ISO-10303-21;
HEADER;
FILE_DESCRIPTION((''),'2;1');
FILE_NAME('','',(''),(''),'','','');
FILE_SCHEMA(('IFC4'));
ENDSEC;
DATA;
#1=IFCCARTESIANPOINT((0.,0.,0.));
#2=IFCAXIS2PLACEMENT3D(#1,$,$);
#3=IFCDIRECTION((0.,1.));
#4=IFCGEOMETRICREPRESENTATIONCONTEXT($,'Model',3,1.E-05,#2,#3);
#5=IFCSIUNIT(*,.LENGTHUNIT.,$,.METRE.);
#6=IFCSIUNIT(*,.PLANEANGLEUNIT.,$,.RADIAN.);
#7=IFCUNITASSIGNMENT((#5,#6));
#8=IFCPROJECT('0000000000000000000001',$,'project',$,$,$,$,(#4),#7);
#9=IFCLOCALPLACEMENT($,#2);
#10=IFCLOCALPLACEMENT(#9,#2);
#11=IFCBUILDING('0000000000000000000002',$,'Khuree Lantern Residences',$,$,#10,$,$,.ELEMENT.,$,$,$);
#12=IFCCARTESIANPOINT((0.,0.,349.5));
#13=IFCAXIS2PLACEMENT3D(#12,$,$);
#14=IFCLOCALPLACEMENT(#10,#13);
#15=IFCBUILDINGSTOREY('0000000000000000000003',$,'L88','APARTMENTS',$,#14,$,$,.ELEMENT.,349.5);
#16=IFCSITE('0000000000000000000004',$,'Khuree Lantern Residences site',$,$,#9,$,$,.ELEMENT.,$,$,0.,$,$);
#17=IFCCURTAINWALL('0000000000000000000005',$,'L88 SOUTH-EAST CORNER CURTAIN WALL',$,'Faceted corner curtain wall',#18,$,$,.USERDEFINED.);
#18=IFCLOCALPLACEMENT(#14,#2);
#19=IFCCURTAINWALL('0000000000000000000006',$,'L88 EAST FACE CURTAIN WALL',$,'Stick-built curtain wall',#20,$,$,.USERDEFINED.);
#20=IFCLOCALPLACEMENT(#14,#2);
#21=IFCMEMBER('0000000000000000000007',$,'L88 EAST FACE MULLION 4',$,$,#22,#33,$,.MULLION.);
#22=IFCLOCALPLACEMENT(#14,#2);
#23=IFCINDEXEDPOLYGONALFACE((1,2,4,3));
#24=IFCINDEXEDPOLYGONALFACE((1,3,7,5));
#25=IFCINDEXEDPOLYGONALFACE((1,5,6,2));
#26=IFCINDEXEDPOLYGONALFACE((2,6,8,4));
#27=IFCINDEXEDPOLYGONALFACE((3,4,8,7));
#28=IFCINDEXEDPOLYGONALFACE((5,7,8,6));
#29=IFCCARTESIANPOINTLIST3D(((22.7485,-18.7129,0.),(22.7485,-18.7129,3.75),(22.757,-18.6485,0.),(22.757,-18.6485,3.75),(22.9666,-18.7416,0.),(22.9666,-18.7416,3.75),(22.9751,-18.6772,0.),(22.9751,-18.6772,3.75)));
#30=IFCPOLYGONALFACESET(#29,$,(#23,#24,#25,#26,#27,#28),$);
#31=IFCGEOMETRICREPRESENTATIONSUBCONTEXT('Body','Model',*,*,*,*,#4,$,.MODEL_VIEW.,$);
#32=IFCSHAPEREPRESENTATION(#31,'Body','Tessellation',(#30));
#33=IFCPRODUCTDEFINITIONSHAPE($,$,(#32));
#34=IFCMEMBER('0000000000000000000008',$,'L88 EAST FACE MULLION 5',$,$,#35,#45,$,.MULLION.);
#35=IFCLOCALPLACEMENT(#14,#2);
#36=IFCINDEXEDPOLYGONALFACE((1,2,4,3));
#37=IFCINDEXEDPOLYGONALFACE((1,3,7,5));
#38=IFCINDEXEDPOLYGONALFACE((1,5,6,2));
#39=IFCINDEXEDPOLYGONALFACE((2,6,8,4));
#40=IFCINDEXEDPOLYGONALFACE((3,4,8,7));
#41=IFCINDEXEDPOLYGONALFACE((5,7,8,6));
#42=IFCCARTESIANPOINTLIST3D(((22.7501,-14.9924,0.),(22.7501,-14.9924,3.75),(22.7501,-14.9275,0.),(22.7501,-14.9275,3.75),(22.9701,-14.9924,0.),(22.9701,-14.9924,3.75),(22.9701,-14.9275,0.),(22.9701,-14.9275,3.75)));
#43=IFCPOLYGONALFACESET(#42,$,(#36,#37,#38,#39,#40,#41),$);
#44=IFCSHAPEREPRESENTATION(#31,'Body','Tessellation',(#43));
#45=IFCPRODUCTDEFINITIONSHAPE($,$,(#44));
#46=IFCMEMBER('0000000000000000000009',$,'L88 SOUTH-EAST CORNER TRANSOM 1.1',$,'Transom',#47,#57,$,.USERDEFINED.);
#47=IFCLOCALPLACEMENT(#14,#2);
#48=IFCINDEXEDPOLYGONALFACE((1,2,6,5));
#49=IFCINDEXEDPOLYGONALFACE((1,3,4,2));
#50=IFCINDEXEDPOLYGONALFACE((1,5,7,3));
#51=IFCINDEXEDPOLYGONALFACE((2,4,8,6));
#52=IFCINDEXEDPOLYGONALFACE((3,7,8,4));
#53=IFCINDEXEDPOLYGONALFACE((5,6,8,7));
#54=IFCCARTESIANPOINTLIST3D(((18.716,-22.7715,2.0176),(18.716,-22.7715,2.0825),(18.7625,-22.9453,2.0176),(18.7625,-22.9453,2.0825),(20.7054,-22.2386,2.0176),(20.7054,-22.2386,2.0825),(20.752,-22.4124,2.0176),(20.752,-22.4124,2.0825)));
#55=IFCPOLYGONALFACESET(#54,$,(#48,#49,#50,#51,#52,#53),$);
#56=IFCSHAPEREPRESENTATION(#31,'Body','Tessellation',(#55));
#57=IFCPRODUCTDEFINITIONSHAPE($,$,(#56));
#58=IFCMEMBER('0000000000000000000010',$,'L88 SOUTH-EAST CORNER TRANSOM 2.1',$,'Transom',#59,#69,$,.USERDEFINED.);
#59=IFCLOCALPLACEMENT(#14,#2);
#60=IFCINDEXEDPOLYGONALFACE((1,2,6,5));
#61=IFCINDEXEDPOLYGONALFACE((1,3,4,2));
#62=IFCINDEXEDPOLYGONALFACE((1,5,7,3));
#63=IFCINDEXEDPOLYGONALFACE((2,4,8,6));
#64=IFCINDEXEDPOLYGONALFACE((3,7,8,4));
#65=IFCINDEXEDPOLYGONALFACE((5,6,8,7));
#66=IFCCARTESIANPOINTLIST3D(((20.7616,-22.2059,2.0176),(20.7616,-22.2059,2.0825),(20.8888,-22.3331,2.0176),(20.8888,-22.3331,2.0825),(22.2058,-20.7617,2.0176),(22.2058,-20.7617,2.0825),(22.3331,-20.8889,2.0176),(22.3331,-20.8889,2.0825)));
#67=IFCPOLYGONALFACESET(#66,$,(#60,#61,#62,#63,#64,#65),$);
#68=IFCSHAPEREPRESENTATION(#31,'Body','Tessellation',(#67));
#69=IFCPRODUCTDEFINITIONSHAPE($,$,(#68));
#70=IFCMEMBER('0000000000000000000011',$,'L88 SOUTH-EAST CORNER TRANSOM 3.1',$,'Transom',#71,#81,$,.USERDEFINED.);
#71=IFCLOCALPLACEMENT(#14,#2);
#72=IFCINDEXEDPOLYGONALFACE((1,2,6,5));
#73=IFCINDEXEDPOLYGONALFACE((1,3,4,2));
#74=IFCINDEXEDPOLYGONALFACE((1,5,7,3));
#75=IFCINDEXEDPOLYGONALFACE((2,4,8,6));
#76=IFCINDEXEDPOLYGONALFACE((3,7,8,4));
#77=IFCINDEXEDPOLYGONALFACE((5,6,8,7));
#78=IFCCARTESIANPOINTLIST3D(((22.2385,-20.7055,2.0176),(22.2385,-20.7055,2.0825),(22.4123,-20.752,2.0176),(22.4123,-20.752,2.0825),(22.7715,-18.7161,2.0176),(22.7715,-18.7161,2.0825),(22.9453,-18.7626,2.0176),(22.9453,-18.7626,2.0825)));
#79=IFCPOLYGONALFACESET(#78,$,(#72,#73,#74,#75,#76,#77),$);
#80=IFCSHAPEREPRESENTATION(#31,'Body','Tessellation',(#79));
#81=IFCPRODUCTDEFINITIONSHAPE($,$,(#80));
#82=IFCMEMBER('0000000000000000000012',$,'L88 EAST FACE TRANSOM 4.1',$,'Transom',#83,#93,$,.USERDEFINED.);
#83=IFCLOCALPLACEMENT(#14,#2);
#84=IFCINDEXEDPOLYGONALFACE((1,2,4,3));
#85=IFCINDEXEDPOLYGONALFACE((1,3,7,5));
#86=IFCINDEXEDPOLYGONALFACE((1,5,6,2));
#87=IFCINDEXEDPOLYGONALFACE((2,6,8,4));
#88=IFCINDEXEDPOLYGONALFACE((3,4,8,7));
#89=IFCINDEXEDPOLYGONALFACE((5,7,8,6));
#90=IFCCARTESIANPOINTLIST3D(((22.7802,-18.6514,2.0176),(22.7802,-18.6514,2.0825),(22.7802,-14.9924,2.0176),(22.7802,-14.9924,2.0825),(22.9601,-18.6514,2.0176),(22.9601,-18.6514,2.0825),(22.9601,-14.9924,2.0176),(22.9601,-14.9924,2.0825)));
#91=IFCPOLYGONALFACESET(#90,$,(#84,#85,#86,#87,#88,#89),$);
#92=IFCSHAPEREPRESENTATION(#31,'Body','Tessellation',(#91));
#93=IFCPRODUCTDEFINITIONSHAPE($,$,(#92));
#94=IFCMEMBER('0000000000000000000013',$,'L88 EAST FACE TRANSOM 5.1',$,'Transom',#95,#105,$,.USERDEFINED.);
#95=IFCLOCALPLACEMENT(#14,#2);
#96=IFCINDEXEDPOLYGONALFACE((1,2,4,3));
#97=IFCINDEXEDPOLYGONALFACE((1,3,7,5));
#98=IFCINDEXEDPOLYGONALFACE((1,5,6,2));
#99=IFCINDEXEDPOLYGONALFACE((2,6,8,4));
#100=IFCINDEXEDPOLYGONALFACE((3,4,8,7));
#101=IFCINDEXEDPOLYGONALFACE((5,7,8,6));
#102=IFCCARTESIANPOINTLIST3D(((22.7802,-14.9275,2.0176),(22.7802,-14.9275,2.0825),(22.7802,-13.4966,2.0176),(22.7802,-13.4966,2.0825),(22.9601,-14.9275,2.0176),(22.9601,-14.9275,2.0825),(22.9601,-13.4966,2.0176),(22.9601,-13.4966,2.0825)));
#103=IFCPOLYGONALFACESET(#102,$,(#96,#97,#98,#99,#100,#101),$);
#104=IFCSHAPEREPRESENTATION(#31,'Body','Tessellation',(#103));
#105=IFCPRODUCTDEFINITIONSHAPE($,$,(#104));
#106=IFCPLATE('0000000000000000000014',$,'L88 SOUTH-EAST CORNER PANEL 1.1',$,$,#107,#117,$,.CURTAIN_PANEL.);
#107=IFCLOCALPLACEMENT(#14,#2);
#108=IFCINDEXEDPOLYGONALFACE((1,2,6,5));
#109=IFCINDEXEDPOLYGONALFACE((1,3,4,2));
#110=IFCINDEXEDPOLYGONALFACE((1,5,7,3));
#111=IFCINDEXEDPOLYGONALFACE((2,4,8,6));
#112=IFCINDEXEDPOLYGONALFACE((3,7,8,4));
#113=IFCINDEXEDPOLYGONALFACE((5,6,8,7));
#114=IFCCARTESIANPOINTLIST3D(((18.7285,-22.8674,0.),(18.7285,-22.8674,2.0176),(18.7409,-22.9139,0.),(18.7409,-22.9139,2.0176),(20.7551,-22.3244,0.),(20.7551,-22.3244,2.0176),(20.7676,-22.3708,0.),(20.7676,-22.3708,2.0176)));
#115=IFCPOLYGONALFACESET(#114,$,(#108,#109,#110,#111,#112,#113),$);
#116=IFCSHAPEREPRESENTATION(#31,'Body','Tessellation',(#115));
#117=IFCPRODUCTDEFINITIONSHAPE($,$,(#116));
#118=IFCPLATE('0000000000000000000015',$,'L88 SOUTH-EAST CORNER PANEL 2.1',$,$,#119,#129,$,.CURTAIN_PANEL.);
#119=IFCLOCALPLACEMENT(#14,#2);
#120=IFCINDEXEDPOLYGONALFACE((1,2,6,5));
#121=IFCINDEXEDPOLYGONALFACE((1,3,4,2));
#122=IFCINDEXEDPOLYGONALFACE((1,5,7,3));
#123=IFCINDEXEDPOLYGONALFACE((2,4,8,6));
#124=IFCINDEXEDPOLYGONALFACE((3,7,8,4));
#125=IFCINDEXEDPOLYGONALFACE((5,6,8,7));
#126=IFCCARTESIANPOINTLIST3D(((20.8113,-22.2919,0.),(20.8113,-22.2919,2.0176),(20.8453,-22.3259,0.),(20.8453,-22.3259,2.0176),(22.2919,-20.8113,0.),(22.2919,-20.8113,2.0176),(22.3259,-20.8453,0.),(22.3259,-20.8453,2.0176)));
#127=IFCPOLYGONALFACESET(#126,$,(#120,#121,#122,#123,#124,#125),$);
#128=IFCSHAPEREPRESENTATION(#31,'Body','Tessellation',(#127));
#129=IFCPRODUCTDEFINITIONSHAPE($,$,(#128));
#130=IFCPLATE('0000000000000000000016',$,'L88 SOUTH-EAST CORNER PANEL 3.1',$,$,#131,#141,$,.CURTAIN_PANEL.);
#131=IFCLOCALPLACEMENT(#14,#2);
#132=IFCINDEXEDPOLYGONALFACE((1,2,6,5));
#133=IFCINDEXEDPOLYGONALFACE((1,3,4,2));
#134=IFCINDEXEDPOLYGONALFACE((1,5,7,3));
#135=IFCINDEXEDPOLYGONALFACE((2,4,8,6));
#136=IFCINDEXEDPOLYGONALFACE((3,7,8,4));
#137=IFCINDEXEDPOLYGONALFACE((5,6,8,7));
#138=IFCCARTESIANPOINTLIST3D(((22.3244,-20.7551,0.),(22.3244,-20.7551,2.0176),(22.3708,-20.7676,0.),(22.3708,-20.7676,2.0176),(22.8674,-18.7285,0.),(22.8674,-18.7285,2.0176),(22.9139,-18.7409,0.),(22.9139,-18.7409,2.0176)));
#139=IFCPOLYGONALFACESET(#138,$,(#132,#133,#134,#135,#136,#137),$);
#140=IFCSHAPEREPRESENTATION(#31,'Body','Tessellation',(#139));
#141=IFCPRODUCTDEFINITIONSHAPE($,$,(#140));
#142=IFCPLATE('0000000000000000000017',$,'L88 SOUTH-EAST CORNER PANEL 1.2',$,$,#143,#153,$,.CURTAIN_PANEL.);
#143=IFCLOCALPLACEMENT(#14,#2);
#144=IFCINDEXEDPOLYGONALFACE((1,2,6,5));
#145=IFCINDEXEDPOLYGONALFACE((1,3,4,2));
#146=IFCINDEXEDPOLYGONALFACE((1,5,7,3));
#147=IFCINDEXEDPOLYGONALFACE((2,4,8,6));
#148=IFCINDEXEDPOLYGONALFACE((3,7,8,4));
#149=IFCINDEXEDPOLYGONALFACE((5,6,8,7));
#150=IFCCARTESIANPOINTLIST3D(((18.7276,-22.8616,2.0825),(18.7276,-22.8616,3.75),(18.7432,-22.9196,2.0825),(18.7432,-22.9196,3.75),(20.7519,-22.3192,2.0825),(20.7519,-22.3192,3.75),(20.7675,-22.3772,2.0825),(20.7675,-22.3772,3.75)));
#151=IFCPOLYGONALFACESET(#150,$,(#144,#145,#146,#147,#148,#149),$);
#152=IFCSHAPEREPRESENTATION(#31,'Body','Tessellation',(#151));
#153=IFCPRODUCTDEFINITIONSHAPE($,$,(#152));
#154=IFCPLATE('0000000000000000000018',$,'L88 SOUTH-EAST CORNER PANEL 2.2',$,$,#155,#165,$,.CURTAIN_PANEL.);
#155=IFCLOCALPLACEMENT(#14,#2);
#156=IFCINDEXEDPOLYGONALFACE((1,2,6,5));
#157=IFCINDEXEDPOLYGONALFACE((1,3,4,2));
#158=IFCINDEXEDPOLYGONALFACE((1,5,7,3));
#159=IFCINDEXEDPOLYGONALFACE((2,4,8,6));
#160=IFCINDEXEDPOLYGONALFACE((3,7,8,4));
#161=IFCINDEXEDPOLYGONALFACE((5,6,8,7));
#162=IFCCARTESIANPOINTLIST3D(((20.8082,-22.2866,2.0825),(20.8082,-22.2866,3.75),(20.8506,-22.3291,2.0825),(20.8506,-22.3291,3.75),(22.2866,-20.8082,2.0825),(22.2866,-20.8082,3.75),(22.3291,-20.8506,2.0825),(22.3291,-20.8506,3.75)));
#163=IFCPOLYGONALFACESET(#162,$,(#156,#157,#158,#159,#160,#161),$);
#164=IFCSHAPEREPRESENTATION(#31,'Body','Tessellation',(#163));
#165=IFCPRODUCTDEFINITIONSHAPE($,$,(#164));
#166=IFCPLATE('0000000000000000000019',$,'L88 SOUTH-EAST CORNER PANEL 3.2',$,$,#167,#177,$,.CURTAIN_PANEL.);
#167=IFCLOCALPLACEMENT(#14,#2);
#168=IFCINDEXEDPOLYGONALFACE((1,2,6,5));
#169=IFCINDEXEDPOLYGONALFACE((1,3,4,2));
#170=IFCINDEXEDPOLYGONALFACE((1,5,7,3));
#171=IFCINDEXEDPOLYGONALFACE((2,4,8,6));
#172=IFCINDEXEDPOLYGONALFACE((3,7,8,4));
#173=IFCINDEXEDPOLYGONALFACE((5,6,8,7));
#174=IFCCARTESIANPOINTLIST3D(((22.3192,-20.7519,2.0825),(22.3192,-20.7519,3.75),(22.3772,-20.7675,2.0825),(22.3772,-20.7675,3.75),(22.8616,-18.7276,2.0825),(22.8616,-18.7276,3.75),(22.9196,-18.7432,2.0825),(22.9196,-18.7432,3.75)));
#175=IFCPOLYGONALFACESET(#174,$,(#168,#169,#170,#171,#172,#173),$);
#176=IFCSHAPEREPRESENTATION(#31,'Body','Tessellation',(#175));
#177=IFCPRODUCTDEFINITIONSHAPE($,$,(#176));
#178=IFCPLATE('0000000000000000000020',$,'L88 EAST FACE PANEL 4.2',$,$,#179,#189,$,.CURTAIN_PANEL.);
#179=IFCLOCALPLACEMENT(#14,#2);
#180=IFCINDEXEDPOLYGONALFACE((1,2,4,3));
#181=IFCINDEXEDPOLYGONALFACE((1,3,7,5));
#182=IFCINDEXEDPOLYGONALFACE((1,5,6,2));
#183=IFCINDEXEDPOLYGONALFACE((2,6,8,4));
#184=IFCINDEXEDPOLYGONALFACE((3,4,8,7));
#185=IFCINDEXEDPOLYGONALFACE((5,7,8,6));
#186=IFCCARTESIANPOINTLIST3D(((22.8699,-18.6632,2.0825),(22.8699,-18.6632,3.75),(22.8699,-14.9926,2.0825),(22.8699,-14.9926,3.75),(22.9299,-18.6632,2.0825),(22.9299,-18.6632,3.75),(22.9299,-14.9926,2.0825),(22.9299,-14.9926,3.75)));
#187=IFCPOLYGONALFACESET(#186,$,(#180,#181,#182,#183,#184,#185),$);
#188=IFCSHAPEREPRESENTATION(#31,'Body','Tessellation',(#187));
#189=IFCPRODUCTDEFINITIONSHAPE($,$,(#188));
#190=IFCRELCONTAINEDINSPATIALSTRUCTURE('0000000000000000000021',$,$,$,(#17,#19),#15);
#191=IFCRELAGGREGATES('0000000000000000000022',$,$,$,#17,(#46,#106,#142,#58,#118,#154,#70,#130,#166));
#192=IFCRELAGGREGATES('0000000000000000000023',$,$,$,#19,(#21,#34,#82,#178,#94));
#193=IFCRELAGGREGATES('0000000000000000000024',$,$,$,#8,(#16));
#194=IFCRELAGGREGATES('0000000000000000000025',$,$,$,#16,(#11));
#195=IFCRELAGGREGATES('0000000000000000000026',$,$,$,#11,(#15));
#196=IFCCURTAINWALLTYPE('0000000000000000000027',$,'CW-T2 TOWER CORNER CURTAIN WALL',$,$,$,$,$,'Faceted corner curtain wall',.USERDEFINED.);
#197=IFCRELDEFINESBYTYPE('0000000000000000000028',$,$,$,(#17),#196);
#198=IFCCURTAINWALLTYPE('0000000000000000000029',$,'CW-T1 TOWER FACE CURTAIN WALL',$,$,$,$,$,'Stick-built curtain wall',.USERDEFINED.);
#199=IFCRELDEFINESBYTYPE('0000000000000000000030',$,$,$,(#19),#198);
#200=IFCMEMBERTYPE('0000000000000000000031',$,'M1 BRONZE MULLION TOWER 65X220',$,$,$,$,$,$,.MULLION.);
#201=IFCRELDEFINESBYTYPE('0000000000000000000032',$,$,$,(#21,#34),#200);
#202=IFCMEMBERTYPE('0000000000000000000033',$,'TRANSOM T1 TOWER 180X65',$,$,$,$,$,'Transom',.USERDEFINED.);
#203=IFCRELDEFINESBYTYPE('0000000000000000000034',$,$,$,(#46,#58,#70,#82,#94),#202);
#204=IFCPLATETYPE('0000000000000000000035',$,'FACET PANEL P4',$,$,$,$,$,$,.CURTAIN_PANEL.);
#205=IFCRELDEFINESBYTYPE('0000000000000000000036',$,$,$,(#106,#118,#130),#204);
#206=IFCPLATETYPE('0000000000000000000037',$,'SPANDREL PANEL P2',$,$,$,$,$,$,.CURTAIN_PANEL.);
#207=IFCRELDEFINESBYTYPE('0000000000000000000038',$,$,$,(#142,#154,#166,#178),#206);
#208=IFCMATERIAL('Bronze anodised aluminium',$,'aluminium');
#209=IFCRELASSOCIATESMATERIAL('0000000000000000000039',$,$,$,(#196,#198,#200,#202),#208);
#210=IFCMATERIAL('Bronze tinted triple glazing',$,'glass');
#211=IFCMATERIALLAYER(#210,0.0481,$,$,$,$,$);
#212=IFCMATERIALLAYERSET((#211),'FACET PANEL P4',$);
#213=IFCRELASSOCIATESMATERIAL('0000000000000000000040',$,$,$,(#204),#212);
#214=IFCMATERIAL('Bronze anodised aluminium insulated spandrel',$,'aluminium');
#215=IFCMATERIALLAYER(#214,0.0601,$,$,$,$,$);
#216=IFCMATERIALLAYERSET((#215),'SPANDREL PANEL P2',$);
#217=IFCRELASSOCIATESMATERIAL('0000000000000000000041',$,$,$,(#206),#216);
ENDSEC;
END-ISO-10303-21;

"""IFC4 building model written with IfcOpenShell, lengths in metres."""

from ifc_helpers import new_model, si_unit, direction, frame, origin, origin_2d, place, context, subcontext, project, spatial, rectangle, extrude, material, layer, layer_set, material_profile, profile_set, type_object, element, aggregate, save


model = new_model("IFC4")

# Units and contexts
model_context = context("Model", 3, precision=1e-05, world=origin(), true_north=direction((0.0, 1.0)))
body_context = subcontext(model_context, "Body", "Model", "MODEL_VIEW")
ifc_project = project(units=[si_unit("LENGTHUNIT", "METRE"), si_unit("PLANEANGLEUNIT", "RADIAN")], contexts=[model_context])

# Site, building, storey
site_placement = place(None, origin())
site = spatial("IfcSite", under=ifc_project, at=site_placement, Name="Khuree Lantern Residences site", CompositionType="ELEMENT", RefElevation=0.0)
building_placement = place(site_placement, origin())
building = spatial("IfcBuilding", under=site, at=building_placement, Name="Khuree Lantern Residences", CompositionType="ELEMENT")
storey_placement = place(building_placement, frame((0.0, 0.0, 349.5)))
storey = spatial("IfcBuildingStorey", under=building, at=storey_placement, Name="L88", Description="APARTMENTS", CompositionType="ELEMENT", Elevation=349.5)

# Curtain wall
ifc_material_1 = material(Name="Bronze anodised aluminium", Category="aluminium")
curtain_wall_type_1 = type_object("IfcCurtainWallType", Name="CW-T2 TOWER CORNER CURTAIN WALL", ElementType="Faceted corner curtain wall", PredefinedType="USERDEFINED", material=ifc_material_1)
curtain_wall_1_placement = place(storey_placement, origin())
curtain_wall_1 = element("IfcCurtainWall", 1, at=curtain_wall_1_placement, inside=storey, type_object=curtain_wall_type_1, Name="L88 SOUTH-EAST CORNER CURTAIN WALL", ObjectType="Faceted corner curtain wall", PredefinedType="USERDEFINED")

# Shared definitions
ifc_material_profile_1 = material_profile(ifc_material_1, rectangle(XDim=0.0649, YDim=0.22, at=origin_2d()), Name="M1 65X220")
ifc_profile_set_1 = profile_set([ifc_material_profile_1], Name="Bronze anodised aluminium")
member_type_1 = type_object("IfcMemberType", Name="M1 BRONZE MULLION TOWER 65X220", PredefinedType="MULLION", material=ifc_profile_set_1)

# Curtain wall, members
curtain_wall_type_2 = type_object("IfcCurtainWallType", Name="CW-T1 TOWER FACE CURTAIN WALL", ElementType="Stick-built curtain wall", PredefinedType="USERDEFINED", material=ifc_material_1)
curtain_wall_2_placement = place(storey_placement, origin())
curtain_wall_2 = element("IfcCurtainWall", 2, at=curtain_wall_2_placement, inside=storey, type_object=curtain_wall_type_2, Name="L88 EAST FACE CURTAIN WALL", ObjectType="Stick-built curtain wall", PredefinedType="USERDEFINED")
member_1_placement = place(storey_placement, frame((22.8618, -18.6951, 0.0), z_axis=(0.0, 0.0, 1.0), x_axis=(0.130526, 0.991445, 0.0)))
member_1 = element("IfcMember", 3, at=member_1_placement, type_object=member_type_1, Name="L88 EAST FACE MULLION 4", PredefinedType="MULLION", context=body_context, shape_type="SweptSolid", body=[
    extrude(rectangle(XDim=0.0649, YDim=0.22, at=origin_2d()), origin(), (0.0, 0.0, 1.0), 3.75),
])
member_2_placement = place(storey_placement, frame((22.8601, -14.96, 0.0), z_axis=(0.0, 0.0, 1.0), x_axis=(0.0, 1.0, 0.0)))
member_2 = element("IfcMember", 4, at=member_2_placement, type_object=member_type_1, Name="L88 EAST FACE MULLION 5", PredefinedType="MULLION", context=body_context, shape_type="SweptSolid", body=[
    extrude(rectangle(XDim=0.0649, YDim=0.22, at=origin_2d()), origin(), (0.0, 0.0, 1.0), 3.75),
])

# Members
ifc_material_profile_2 = material_profile(ifc_material_1, rectangle(XDim=0.1799, YDim=0.0649, at=origin_2d()), Name="T1 180X65")
ifc_profile_set_2 = profile_set([ifc_material_profile_2], Name="Bronze anodised aluminium")
member_type_2 = type_object("IfcMemberType", Name="TRANSOM T1 TOWER 180X65", ElementType="Transom", PredefinedType="USERDEFINED", material=ifc_profile_set_2)
member_3_placement = place(storey_placement, frame((18.7393, -22.8584, 2.05), z_axis=(0.965941, 0.258762, 0.0), x_axis=(-0.258762, 0.965941, 0.0)))
member_3 = element("IfcMember", 5, at=member_3_placement, type_object=member_type_2, Name="L88 SOUTH-EAST CORNER TRANSOM 1.1", ObjectType="Transom", PredefinedType="USERDEFINED", context=body_context, shape_type="SweptSolid", body=[
    extrude(rectangle(XDim=0.1799, YDim=0.0649, at=origin_2d()), origin(), (0.0, 0.0, 1.0), 2.0596),
])
member_4_placement = place(storey_placement, frame((20.8252, -22.2695, 2.05), z_axis=(0.707107, 0.707107, 0.0), x_axis=(-0.707107, 0.707107, 0.0)))
member_4 = element("IfcMember", 6, at=member_4_placement, type_object=member_type_2, Name="L88 SOUTH-EAST CORNER TRANSOM 2.1", ObjectType="Transom", PredefinedType="USERDEFINED", context=body_context, shape_type="SweptSolid", body=[
    extrude(rectangle(XDim=0.1799, YDim=0.0649, at=origin_2d()), origin(), (0.0, 0.0, 1.0), 2.0425),
])
member_5_placement = place(storey_placement, frame((22.3254, -20.7288, 2.05), z_axis=(0.258762, 0.965941, 0.0), x_axis=(-0.965941, 0.258762, 0.0)))
member_5 = element("IfcMember", 7, at=member_5_placement, type_object=member_type_2, Name="L88 SOUTH-EAST CORNER TRANSOM 3.1", ObjectType="Transom", PredefinedType="USERDEFINED", context=body_context, shape_type="SweptSolid", body=[
    extrude(rectangle(XDim=0.1799, YDim=0.0649, at=origin_2d()), origin(), (0.0, 0.0, 1.0), 2.0596),
])
member_6_placement = place(storey_placement, frame((22.8701, -18.6514, 2.05), z_axis=(0.0, 1.0, 0.0), x_axis=(-1.0, 0.0, 0.0)))
member_6 = element("IfcMember", 8, at=member_6_placement, type_object=member_type_2, Name="L88 EAST FACE TRANSOM 4.1", ObjectType="Transom", PredefinedType="USERDEFINED", context=body_context, shape_type="SweptSolid", body=[
    extrude(rectangle(XDim=0.1799, YDim=0.0649, at=origin_2d()), origin(), (0.0, 0.0, 1.0), 3.6589),
])
member_7_placement = place(storey_placement, frame((22.8701, -14.9275, 2.05), z_axis=(0.0, 1.0, 0.0), x_axis=(-1.0, 0.0, 0.0)))
member_7 = element("IfcMember", 9, at=member_7_placement, type_object=member_type_2, Name="L88 EAST FACE TRANSOM 5.1", ObjectType="Transom", PredefinedType="USERDEFINED", context=body_context, shape_type="SweptSolid", body=[
    extrude(rectangle(XDim=0.1799, YDim=0.0649, at=origin_2d()), origin(), (0.0, 0.0, 1.0), 1.4309),
])

# Plates
ifc_material_2 = material(Name="Bronze tinted triple glazing", Category="glass")
ifc_layer_1 = layer(ifc_material_2, 0.0481)
ifc_layer_set_1 = layer_set([ifc_layer_1], Name="FACET PANEL P4")
plate_type_1 = type_object("IfcPlateType", Name="FACET PANEL P4", PredefinedType="CURTAIN_PANEL", material=ifc_layer_set_1)
plate_1_placement = place(storey_placement, frame((19.748, -22.6191, 0.0), z_axis=(0.0, 0.0, 1.0), x_axis=(0.965926, 0.258819, 0.0)))
plate_1 = element("IfcPlate", 10, at=plate_1_placement, type_object=plate_type_1, Name="L88 SOUTH-EAST CORNER PANEL 1.1", PredefinedType="CURTAIN_PANEL", context=body_context, shape_type="SweptSolid", body=[
    extrude(rectangle(XDim=2.0981, YDim=0.0481, at=origin_2d()), origin(), (0.0, 0.0, 1.0), 2.0176),
])
plate_2_placement = place(storey_placement, frame((21.5686, -21.5686, 0.0), z_axis=(0.0, 0.0, 1.0), x_axis=(0.707107, 0.707107, 0.0)))
plate_2 = element("IfcPlate", 11, at=plate_2_placement, type_object=plate_type_1, Name="L88 SOUTH-EAST CORNER PANEL 2.1", PredefinedType="CURTAIN_PANEL", context=body_context, shape_type="SweptSolid", body=[
    extrude(rectangle(XDim=2.094, YDim=0.0481, at=origin_2d()), origin(), (0.0, 0.0, 1.0), 2.0176),
])
plate_3_placement = place(storey_placement, frame((22.6191, -19.748, 0.0), z_axis=(0.0, 0.0, 1.0), x_axis=(0.258819, 0.965926, 0.0)))
plate_3 = element("IfcPlate", 12, at=plate_3_placement, type_object=plate_type_1, Name="L88 SOUTH-EAST CORNER PANEL 3.1", PredefinedType="CURTAIN_PANEL", context=body_context, shape_type="SweptSolid", body=[
    extrude(rectangle(XDim=2.0981, YDim=0.0481, at=origin_2d()), origin(), (0.0, 0.0, 1.0), 2.0176),
])
ifc_material_3 = material(Name="Bronze anodised aluminium insulated spandrel", Category="aluminium")
ifc_layer_2 = layer(ifc_material_3, 0.0601)
ifc_layer_set_2 = layer_set([ifc_layer_2], Name="SPANDREL PANEL P2")
plate_type_2 = type_object("IfcPlateType", Name="SPANDREL PANEL P2", PredefinedType="CURTAIN_PANEL", material=ifc_layer_set_2)
plate_4_placement = place(storey_placement, frame((19.7476, -22.6194, 2.0825), z_axis=(0.0, 0.0, 1.0), x_axis=(0.965926, 0.258819, 0.0)))
plate_4 = element("IfcPlate", 13, at=plate_4_placement, type_object=plate_type_2, Name="L88 SOUTH-EAST CORNER PANEL 1.2", PredefinedType="CURTAIN_PANEL", context=body_context, shape_type="SweptSolid", body=[
    extrude(rectangle(XDim=2.0957, YDim=0.0601, at=origin_2d()), origin(), (0.0, 0.0, 1.0), 1.6675),
])
plate_5_placement = place(storey_placement, frame((21.5686, -21.5686, 2.0825), z_axis=(0.0, 0.0, 1.0), x_axis=(0.707107, 0.707107, 0.0)))
plate_5 = element("IfcPlate", 14, at=plate_5_placement, type_object=plate_type_2, Name="L88 SOUTH-EAST CORNER PANEL 2.2", PredefinedType="CURTAIN_PANEL", context=body_context, shape_type="SweptSolid", body=[
    extrude(rectangle(XDim=2.0908, YDim=0.0601, at=origin_2d()), origin(), (0.0, 0.0, 1.0), 1.6675),
])
plate_6_placement = place(storey_placement, frame((22.6194, -19.7476, 2.0825), z_axis=(0.0, 0.0, 1.0), x_axis=(0.258819, 0.965926, 0.0)))
plate_6 = element("IfcPlate", 15, at=plate_6_placement, type_object=plate_type_2, Name="L88 SOUTH-EAST CORNER PANEL 3.2", PredefinedType="CURTAIN_PANEL", context=body_context, shape_type="SweptSolid", body=[
    extrude(rectangle(XDim=2.0957, YDim=0.0601, at=origin_2d()), origin(), (0.0, 0.0, 1.0), 1.6675),
])
aggregate(curtain_wall_1, [member_3, plate_1, plate_4, member_4, plate_2, plate_5, member_5, plate_3, plate_6])
plate_7_placement = place(storey_placement, frame((22.8999, -16.8279, 2.0825), z_axis=(0.0, 0.0, 1.0), x_axis=(0.0, 1.0, 0.0)))
plate_7 = element("IfcPlate", 16, at=plate_7_placement, type_object=plate_type_2, Name="L88 EAST FACE PANEL 4.2", PredefinedType="CURTAIN_PANEL", context=body_context, shape_type="SweptSolid", body=[
    extrude(rectangle(XDim=3.6707, YDim=0.0601, at=origin_2d()), origin(), (0.0, 0.0, 1.0), 1.6675),
])

aggregate(curtain_wall_2, [member_1, member_2, member_6, plate_7, member_7])

save(model, "model.ifc")
